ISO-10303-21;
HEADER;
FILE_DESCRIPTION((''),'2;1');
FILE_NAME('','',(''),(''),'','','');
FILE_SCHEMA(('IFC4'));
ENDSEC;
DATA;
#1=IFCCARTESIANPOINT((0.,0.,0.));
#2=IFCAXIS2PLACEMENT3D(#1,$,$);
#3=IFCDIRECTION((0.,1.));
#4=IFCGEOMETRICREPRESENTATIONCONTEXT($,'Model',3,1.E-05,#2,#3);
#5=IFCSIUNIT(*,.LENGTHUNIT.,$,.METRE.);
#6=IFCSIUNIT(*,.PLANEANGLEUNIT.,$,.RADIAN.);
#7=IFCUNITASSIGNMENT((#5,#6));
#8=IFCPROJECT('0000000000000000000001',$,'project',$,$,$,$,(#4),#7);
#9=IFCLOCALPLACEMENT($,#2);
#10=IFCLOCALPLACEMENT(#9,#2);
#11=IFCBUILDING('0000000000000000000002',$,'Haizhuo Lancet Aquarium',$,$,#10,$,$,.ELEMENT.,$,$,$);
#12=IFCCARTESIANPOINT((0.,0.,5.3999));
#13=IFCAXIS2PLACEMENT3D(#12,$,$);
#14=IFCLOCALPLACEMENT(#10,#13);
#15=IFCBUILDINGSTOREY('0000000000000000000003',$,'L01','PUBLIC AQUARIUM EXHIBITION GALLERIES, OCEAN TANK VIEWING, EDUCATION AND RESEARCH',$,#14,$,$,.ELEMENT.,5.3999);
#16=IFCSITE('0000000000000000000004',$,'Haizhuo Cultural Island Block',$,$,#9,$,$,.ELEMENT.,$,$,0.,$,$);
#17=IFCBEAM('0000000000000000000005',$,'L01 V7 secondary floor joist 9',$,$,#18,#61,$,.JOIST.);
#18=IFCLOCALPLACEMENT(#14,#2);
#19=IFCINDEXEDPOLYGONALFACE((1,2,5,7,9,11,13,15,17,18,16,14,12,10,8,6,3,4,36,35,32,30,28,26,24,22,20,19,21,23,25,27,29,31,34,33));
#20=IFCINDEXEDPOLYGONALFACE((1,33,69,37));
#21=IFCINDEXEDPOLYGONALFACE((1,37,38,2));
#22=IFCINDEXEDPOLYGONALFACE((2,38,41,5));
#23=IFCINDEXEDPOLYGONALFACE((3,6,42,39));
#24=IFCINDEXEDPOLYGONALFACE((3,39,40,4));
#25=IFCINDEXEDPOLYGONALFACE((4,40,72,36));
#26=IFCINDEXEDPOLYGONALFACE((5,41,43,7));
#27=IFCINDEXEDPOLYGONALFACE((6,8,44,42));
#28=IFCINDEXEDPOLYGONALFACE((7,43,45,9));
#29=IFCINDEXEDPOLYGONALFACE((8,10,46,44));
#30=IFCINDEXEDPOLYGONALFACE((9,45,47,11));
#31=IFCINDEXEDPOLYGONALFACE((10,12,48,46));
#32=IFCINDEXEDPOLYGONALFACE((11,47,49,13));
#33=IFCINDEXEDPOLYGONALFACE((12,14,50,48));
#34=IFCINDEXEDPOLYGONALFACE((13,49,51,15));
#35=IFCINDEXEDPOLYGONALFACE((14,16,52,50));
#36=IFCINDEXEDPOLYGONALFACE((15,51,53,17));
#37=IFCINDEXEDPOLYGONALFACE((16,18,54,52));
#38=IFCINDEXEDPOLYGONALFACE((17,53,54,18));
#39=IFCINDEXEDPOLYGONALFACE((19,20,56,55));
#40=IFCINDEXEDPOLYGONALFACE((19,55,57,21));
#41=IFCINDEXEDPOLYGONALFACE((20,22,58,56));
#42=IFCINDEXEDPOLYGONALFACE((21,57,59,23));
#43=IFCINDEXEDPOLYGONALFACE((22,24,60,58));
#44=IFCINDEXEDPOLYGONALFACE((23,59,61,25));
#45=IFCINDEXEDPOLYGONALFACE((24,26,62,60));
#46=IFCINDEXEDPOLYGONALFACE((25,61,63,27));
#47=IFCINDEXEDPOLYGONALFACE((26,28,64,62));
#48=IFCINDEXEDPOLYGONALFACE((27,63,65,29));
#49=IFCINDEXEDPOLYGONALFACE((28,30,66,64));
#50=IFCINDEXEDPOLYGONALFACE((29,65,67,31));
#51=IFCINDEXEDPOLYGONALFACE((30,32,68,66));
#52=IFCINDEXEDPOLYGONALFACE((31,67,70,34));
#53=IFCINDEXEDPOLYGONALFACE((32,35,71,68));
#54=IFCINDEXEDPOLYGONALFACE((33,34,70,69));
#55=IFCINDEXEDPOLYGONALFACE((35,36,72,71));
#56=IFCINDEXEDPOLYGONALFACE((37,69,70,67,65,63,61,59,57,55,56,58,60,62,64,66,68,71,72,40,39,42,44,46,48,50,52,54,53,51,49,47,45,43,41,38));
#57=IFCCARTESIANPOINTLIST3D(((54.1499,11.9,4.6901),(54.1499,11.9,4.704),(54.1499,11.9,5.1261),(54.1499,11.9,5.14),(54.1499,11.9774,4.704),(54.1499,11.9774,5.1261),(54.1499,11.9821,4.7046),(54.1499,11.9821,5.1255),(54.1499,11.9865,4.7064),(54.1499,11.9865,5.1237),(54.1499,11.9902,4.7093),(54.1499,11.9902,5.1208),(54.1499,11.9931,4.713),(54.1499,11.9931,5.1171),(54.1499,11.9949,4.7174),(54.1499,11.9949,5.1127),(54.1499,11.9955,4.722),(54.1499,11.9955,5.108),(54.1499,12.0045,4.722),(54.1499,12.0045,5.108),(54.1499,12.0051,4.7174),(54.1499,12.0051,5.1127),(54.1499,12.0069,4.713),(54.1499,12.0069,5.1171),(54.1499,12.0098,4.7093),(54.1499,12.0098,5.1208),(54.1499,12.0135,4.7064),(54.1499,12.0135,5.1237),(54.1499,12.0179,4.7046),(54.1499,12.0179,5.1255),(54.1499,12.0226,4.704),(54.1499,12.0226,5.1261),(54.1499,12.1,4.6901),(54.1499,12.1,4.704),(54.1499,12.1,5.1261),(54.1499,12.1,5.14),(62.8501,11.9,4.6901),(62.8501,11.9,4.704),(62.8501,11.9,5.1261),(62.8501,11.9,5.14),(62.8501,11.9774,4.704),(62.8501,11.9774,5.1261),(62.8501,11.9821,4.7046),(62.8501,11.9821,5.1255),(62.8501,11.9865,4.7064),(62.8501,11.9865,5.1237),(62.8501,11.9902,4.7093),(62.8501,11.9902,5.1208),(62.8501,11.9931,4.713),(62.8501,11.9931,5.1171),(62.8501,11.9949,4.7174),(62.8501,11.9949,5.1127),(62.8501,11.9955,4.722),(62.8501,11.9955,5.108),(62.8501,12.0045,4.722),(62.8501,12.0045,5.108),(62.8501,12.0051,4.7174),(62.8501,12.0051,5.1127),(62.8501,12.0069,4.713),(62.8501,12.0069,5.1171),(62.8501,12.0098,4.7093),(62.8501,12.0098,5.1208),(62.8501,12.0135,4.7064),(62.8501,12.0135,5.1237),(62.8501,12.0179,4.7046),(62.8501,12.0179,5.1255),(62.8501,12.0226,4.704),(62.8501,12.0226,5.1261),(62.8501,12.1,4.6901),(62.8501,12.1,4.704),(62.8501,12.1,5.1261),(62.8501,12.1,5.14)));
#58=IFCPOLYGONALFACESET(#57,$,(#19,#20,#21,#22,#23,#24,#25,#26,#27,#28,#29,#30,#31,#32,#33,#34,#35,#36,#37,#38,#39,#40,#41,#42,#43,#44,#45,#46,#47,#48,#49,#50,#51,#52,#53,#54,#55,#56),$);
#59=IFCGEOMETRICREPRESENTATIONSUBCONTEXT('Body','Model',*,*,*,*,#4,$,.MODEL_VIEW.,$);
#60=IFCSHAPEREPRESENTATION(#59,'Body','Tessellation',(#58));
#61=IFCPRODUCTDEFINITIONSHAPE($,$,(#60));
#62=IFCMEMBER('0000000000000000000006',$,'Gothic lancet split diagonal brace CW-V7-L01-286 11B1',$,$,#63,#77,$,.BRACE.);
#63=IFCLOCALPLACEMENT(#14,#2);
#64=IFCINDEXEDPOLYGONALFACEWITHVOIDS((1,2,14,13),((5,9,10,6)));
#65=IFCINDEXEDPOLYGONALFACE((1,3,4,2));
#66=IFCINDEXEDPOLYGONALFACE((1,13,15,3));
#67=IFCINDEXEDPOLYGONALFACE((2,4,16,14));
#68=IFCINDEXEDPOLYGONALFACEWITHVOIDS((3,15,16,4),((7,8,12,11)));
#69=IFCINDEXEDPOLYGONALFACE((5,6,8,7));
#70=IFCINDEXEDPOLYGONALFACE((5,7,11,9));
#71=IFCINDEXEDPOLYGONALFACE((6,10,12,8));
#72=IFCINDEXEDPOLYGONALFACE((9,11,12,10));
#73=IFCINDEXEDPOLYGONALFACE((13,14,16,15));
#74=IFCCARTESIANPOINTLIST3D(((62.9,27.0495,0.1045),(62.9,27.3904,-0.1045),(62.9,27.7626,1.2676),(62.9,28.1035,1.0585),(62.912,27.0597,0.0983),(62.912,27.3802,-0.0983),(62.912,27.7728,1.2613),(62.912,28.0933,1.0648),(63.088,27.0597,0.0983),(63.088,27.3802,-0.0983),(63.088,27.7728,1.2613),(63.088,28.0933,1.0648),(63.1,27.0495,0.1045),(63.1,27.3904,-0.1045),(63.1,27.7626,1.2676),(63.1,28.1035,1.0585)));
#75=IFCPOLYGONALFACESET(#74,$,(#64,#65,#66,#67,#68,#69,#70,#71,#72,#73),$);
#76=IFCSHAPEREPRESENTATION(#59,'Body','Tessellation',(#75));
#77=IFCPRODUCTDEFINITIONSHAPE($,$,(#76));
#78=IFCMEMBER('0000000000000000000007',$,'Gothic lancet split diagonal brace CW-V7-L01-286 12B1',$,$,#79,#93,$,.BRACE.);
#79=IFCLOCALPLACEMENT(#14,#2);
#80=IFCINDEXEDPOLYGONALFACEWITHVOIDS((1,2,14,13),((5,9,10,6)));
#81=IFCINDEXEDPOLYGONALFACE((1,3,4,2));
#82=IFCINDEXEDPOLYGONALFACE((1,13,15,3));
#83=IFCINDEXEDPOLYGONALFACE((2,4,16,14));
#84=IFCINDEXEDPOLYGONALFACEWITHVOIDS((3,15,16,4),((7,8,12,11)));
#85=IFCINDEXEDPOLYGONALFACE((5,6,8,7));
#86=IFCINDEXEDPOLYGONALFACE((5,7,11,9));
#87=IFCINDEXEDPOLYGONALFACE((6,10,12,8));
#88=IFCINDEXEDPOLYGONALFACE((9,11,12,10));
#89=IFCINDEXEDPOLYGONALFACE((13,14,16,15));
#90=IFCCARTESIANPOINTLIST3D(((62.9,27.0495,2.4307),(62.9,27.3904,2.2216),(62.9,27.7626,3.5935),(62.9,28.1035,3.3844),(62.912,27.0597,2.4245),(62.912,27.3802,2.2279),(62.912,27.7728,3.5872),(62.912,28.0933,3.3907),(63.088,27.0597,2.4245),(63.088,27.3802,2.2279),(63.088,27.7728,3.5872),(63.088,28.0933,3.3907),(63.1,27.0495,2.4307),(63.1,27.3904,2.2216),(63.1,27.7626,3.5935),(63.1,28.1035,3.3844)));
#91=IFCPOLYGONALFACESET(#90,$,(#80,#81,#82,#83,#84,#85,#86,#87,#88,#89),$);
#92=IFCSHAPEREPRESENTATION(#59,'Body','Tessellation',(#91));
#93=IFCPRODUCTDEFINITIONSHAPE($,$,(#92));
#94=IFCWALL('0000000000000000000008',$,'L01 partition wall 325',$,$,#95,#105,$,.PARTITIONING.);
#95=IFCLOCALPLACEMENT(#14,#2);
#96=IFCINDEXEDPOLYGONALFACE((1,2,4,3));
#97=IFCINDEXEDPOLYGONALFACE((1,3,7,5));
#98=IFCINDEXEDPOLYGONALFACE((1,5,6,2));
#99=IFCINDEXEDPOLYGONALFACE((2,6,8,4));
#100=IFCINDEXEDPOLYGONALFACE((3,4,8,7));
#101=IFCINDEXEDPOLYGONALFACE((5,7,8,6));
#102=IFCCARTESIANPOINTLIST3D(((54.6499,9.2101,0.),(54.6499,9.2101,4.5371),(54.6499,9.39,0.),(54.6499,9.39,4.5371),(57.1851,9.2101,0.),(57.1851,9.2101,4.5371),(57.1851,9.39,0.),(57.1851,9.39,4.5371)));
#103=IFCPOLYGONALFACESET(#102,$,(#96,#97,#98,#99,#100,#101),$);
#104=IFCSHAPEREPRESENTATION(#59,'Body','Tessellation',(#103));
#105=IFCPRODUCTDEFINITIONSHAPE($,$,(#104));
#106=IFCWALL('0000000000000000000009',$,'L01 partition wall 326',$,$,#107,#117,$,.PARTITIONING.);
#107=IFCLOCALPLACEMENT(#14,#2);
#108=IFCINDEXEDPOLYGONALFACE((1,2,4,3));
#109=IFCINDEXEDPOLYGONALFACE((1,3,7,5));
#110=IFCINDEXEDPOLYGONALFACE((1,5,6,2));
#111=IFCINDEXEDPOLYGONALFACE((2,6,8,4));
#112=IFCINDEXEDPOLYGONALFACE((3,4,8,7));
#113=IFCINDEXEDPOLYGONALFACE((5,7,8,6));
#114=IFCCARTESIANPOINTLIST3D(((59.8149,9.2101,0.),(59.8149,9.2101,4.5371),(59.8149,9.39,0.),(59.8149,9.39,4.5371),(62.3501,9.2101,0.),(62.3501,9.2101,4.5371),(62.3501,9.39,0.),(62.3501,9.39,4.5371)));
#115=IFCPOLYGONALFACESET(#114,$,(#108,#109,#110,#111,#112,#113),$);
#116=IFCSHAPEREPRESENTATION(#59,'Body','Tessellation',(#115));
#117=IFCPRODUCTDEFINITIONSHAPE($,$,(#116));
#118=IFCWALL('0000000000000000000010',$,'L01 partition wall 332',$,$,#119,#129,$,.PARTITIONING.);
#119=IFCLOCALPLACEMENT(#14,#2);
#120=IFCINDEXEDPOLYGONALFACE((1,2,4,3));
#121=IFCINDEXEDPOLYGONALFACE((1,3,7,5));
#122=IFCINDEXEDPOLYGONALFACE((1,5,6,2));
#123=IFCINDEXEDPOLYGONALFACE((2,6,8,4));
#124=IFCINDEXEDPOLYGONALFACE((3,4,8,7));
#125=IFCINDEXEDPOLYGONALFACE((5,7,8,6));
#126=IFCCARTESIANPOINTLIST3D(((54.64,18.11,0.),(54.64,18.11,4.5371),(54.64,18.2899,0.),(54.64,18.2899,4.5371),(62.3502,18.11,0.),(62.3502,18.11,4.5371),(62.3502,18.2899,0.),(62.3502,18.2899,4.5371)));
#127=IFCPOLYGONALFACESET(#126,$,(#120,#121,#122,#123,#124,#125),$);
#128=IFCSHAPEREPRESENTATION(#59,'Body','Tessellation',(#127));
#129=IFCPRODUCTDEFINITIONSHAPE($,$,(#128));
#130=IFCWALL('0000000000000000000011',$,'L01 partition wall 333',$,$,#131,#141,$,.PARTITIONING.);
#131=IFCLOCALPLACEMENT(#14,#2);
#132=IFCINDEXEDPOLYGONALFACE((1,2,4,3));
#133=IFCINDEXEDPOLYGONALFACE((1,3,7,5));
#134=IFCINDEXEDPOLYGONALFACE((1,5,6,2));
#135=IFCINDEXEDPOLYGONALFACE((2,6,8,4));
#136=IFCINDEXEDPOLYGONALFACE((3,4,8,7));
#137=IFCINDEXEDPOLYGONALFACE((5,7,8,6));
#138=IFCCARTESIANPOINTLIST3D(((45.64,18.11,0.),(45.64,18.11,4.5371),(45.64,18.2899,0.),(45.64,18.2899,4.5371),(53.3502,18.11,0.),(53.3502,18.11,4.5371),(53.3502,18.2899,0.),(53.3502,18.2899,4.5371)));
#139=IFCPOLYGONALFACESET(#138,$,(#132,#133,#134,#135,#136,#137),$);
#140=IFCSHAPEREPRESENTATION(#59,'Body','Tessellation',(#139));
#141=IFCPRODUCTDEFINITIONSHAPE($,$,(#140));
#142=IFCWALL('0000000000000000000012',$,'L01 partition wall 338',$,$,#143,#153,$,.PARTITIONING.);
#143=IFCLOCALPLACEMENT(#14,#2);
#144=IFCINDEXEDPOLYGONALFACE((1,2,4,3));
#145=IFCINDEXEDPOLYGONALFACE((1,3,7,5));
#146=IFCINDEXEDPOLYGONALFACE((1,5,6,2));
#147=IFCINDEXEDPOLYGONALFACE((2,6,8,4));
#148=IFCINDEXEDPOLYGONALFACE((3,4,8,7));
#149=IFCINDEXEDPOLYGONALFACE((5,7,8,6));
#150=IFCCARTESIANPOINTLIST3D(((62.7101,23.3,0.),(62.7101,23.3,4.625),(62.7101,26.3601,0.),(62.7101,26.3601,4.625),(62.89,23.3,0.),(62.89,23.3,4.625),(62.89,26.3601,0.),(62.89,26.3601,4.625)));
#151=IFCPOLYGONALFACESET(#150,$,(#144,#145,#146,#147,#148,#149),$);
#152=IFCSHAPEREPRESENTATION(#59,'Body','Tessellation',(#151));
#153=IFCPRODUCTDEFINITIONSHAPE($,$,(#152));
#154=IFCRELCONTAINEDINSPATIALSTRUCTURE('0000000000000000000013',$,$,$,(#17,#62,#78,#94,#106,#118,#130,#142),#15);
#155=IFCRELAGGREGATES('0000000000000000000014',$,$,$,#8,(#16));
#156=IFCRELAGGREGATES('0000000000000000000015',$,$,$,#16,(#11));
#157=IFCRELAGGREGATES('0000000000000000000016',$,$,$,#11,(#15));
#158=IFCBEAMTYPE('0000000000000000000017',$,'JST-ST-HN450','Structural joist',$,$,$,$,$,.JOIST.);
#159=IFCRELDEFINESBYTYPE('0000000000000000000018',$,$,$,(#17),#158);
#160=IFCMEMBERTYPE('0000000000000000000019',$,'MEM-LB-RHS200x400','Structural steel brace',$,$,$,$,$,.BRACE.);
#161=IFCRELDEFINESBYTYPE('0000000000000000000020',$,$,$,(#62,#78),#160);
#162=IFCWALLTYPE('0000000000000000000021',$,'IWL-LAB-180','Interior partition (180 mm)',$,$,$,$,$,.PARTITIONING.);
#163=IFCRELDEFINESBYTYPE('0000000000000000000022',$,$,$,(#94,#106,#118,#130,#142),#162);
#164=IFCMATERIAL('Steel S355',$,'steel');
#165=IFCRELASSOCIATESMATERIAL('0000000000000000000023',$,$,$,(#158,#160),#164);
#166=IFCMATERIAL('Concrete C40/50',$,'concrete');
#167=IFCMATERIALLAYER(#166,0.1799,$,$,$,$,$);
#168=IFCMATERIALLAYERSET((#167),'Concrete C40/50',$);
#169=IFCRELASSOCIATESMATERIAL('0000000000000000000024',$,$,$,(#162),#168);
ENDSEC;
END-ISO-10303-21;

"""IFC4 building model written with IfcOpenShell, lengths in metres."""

from ifc_helpers import new_model, si_unit, direction, frame, frame_2d, origin, origin_2d, place, context, subcontext, project, spatial, rectangle, hollow_rectangle, i_section, extrude, material, layer, layer_set, material_profile, profile_set, type_object, element, save


model = new_model("IFC4")

# Units and contexts
model_context = context("Model", 3, precision=1e-05, world=origin(), true_north=direction((0.0, 1.0)))
body_context = subcontext(model_context, "Body", "Model", "MODEL_VIEW")
ifc_project = project(units=[si_unit("LENGTHUNIT", "METRE"), si_unit("PLANEANGLEUNIT", "RADIAN")], contexts=[model_context])

# Site, building, storey
site_placement = place(None, origin())
site = spatial("IfcSite", under=ifc_project, at=site_placement, Name="Haizhuo Cultural Island Block", CompositionType="ELEMENT", RefElevation=0.0)
building_placement = place(site_placement, origin())
building = spatial("IfcBuilding", under=site, at=building_placement, Name="Haizhuo Lancet Aquarium", CompositionType="ELEMENT")
storey_placement = place(building_placement, frame((0.0, 0.0, 5.3999)))
storey = spatial("IfcBuildingStorey", under=building, at=storey_placement, Name="L01", Description="PUBLIC AQUARIUM EXHIBITION GALLERIES, OCEAN TANK VIEWING, EDUCATION AND RESEARCH", CompositionType="ELEMENT", Elevation=5.3999)

# Shared definitions
ifc_material_1 = material(Name="Steel S355", Category="steel")

# Beam
ifc_material_profile_1 = material_profile(ifc_material_1, i_section(OverallWidth=0.2, OverallDepth=0.45, WebThickness=0.009, FlangeThickness=0.0139, FilletRadius=0.0181, at=origin_2d()), Name="HN 450x200x9x14")
ifc_profile_set_1 = profile_set([ifc_material_profile_1], Name="Steel S355")
beam_type_1 = type_object("IfcBeamType", Name="JST-ST-HN450", Description="Structural joist", PredefinedType="JOIST", material=ifc_profile_set_1)
beam_1_placement = place(storey_placement, frame((54.1499, 12.0, 4.915), z_axis=(1.0, 0.0, 0.0), x_axis=(0.0, 1.0, 0.0)))
element("IfcBeam", 1, at=beam_1_placement, inside=storey, type_object=beam_type_1, Name="L01 V7 secondary floor joist 9", PredefinedType="JOIST", context=body_context, shape_type="SweptSolid", body=[
    extrude(i_section(OverallWidth=0.2, OverallDepth=0.45, WebThickness=0.009, FlangeThickness=0.0139, FilletRadius=0.0181, at=origin_2d()), origin(), (0.0, 0.0, 1.0), 8.7002),
])

# Members
ifc_material_profile_2 = material_profile(ifc_material_1, hollow_rectangle(XDim=0.2, YDim=0.3999, WallThickness=0.012, at=origin_2d()), Name="RHS 200x400x12")
ifc_profile_set_2 = profile_set([ifc_material_profile_2], Name="Steel S355")
member_type_1 = type_object("IfcMemberType", Name="MEM-LB-RHS200x400", Description="Structural steel brace", PredefinedType="BRACE", material=ifc_profile_set_2)
member_1_placement = place(storey_placement, frame((63.0, 27.22, 0.0), z_axis=(0.0, 0.522709, 0.852511), x_axis=(-1.0, 0.0, 0.0)))
element("IfcMember", 2, at=member_1_placement, inside=storey, type_object=member_type_1, Name="Gothic lancet split diagonal brace CW-V7-L01-286 11B1", PredefinedType="BRACE", context=body_context, shape_type="SweptSolid", body=[
    extrude(hollow_rectangle(XDim=0.2, YDim=0.3999, WallThickness=0.012, at=origin_2d()), origin(), (0.0, 0.0, 1.0), 1.3643),
])
member_2_placement = place(storey_placement, frame((63.0, 27.22, 2.3262), z_axis=(0.0, 0.522789, 0.852462), x_axis=(-1.0, 0.0, 0.0)))
element("IfcMember", 3, at=member_2_placement, inside=storey, type_object=member_type_1, Name="Gothic lancet split diagonal brace CW-V7-L01-286 12B1", PredefinedType="BRACE", context=body_context, shape_type="SweptSolid", body=[
    extrude(hollow_rectangle(XDim=0.2, YDim=0.3999, WallThickness=0.012, at=origin_2d()), origin(), (0.0, 0.0, 1.0), 1.364),
])

# Walls
ifc_material_2 = material(Name="Concrete C40/50", Category="concrete")
ifc_layer = layer(ifc_material_2, 0.1799)
ifc_layer_set = layer_set([ifc_layer], Name="Concrete C40/50")
wall_type = type_object("IfcWallType", Name="IWL-LAB-180", Description="Interior partition (180 mm)", PredefinedType="PARTITIONING", material=ifc_layer_set)
for number, where, z_axis, x_axis, name in (
    (4, (54.6499, 9.3, 0.0), (0.0, 0.0, 1.0), (1.0, 0.0, 0.0), "L01 partition wall 325"),
    (5, (59.8149, 9.3, 0.0), (0.0, 0.0, 1.0), (1.0, 0.0, 0.0), "L01 partition wall 326"),
):
    element("IfcWall", number, at=place(storey_placement, frame(where, z_axis=z_axis, x_axis=x_axis)), inside=storey, type_object=wall_type, Name=name, PredefinedType="PARTITIONING", context=body_context, shape_type="SweptSolid", body=[
        extrude(rectangle(XDim=2.5352, YDim=0.1799, at=frame_2d((1.2676, 0.0))), origin(), (0.0, 0.0, 1.0), 4.5371),
    ])
for number, where, z_axis, x_axis, name in (
    (6, (62.3501, 18.2, 0.0), (0.0, 0.0, 1.0), (-1.0, 0.0, 0.0), "L01 partition wall 332"),
    (7, (53.3501, 18.2, 0.0), (0.0, 0.0, 1.0), (-1.0, 0.0, 0.0), "L01 partition wall 333"),
):
    element("IfcWall", number, at=place(storey_placement, frame(where, z_axis=z_axis, x_axis=x_axis)), inside=storey, type_object=wall_type, Name=name, PredefinedType="PARTITIONING", context=body_context, shape_type="SweptSolid", body=[
        extrude(rectangle(XDim=7.7102, YDim=0.1799, at=frame_2d((3.855, 0.0))), origin(), (0.0, 0.0, 1.0), 4.5371),
    ])
wall_placement = place(storey_placement, frame((62.8, 23.3, 0.0), z_axis=(0.0, 0.0, 1.0), x_axis=(0.0, 1.0, 0.0)))
element("IfcWall", 8, at=wall_placement, inside=storey, type_object=wall_type, Name="L01 partition wall 338", PredefinedType="PARTITIONING", context=body_context, shape_type="SweptSolid", body=[
    extrude(rectangle(XDim=3.0601, YDim=0.1799, at=frame_2d((1.53, 0.0))), origin(), (0.0, 0.0, 1.0), 4.625),
])

save(model, "model.ifc")
